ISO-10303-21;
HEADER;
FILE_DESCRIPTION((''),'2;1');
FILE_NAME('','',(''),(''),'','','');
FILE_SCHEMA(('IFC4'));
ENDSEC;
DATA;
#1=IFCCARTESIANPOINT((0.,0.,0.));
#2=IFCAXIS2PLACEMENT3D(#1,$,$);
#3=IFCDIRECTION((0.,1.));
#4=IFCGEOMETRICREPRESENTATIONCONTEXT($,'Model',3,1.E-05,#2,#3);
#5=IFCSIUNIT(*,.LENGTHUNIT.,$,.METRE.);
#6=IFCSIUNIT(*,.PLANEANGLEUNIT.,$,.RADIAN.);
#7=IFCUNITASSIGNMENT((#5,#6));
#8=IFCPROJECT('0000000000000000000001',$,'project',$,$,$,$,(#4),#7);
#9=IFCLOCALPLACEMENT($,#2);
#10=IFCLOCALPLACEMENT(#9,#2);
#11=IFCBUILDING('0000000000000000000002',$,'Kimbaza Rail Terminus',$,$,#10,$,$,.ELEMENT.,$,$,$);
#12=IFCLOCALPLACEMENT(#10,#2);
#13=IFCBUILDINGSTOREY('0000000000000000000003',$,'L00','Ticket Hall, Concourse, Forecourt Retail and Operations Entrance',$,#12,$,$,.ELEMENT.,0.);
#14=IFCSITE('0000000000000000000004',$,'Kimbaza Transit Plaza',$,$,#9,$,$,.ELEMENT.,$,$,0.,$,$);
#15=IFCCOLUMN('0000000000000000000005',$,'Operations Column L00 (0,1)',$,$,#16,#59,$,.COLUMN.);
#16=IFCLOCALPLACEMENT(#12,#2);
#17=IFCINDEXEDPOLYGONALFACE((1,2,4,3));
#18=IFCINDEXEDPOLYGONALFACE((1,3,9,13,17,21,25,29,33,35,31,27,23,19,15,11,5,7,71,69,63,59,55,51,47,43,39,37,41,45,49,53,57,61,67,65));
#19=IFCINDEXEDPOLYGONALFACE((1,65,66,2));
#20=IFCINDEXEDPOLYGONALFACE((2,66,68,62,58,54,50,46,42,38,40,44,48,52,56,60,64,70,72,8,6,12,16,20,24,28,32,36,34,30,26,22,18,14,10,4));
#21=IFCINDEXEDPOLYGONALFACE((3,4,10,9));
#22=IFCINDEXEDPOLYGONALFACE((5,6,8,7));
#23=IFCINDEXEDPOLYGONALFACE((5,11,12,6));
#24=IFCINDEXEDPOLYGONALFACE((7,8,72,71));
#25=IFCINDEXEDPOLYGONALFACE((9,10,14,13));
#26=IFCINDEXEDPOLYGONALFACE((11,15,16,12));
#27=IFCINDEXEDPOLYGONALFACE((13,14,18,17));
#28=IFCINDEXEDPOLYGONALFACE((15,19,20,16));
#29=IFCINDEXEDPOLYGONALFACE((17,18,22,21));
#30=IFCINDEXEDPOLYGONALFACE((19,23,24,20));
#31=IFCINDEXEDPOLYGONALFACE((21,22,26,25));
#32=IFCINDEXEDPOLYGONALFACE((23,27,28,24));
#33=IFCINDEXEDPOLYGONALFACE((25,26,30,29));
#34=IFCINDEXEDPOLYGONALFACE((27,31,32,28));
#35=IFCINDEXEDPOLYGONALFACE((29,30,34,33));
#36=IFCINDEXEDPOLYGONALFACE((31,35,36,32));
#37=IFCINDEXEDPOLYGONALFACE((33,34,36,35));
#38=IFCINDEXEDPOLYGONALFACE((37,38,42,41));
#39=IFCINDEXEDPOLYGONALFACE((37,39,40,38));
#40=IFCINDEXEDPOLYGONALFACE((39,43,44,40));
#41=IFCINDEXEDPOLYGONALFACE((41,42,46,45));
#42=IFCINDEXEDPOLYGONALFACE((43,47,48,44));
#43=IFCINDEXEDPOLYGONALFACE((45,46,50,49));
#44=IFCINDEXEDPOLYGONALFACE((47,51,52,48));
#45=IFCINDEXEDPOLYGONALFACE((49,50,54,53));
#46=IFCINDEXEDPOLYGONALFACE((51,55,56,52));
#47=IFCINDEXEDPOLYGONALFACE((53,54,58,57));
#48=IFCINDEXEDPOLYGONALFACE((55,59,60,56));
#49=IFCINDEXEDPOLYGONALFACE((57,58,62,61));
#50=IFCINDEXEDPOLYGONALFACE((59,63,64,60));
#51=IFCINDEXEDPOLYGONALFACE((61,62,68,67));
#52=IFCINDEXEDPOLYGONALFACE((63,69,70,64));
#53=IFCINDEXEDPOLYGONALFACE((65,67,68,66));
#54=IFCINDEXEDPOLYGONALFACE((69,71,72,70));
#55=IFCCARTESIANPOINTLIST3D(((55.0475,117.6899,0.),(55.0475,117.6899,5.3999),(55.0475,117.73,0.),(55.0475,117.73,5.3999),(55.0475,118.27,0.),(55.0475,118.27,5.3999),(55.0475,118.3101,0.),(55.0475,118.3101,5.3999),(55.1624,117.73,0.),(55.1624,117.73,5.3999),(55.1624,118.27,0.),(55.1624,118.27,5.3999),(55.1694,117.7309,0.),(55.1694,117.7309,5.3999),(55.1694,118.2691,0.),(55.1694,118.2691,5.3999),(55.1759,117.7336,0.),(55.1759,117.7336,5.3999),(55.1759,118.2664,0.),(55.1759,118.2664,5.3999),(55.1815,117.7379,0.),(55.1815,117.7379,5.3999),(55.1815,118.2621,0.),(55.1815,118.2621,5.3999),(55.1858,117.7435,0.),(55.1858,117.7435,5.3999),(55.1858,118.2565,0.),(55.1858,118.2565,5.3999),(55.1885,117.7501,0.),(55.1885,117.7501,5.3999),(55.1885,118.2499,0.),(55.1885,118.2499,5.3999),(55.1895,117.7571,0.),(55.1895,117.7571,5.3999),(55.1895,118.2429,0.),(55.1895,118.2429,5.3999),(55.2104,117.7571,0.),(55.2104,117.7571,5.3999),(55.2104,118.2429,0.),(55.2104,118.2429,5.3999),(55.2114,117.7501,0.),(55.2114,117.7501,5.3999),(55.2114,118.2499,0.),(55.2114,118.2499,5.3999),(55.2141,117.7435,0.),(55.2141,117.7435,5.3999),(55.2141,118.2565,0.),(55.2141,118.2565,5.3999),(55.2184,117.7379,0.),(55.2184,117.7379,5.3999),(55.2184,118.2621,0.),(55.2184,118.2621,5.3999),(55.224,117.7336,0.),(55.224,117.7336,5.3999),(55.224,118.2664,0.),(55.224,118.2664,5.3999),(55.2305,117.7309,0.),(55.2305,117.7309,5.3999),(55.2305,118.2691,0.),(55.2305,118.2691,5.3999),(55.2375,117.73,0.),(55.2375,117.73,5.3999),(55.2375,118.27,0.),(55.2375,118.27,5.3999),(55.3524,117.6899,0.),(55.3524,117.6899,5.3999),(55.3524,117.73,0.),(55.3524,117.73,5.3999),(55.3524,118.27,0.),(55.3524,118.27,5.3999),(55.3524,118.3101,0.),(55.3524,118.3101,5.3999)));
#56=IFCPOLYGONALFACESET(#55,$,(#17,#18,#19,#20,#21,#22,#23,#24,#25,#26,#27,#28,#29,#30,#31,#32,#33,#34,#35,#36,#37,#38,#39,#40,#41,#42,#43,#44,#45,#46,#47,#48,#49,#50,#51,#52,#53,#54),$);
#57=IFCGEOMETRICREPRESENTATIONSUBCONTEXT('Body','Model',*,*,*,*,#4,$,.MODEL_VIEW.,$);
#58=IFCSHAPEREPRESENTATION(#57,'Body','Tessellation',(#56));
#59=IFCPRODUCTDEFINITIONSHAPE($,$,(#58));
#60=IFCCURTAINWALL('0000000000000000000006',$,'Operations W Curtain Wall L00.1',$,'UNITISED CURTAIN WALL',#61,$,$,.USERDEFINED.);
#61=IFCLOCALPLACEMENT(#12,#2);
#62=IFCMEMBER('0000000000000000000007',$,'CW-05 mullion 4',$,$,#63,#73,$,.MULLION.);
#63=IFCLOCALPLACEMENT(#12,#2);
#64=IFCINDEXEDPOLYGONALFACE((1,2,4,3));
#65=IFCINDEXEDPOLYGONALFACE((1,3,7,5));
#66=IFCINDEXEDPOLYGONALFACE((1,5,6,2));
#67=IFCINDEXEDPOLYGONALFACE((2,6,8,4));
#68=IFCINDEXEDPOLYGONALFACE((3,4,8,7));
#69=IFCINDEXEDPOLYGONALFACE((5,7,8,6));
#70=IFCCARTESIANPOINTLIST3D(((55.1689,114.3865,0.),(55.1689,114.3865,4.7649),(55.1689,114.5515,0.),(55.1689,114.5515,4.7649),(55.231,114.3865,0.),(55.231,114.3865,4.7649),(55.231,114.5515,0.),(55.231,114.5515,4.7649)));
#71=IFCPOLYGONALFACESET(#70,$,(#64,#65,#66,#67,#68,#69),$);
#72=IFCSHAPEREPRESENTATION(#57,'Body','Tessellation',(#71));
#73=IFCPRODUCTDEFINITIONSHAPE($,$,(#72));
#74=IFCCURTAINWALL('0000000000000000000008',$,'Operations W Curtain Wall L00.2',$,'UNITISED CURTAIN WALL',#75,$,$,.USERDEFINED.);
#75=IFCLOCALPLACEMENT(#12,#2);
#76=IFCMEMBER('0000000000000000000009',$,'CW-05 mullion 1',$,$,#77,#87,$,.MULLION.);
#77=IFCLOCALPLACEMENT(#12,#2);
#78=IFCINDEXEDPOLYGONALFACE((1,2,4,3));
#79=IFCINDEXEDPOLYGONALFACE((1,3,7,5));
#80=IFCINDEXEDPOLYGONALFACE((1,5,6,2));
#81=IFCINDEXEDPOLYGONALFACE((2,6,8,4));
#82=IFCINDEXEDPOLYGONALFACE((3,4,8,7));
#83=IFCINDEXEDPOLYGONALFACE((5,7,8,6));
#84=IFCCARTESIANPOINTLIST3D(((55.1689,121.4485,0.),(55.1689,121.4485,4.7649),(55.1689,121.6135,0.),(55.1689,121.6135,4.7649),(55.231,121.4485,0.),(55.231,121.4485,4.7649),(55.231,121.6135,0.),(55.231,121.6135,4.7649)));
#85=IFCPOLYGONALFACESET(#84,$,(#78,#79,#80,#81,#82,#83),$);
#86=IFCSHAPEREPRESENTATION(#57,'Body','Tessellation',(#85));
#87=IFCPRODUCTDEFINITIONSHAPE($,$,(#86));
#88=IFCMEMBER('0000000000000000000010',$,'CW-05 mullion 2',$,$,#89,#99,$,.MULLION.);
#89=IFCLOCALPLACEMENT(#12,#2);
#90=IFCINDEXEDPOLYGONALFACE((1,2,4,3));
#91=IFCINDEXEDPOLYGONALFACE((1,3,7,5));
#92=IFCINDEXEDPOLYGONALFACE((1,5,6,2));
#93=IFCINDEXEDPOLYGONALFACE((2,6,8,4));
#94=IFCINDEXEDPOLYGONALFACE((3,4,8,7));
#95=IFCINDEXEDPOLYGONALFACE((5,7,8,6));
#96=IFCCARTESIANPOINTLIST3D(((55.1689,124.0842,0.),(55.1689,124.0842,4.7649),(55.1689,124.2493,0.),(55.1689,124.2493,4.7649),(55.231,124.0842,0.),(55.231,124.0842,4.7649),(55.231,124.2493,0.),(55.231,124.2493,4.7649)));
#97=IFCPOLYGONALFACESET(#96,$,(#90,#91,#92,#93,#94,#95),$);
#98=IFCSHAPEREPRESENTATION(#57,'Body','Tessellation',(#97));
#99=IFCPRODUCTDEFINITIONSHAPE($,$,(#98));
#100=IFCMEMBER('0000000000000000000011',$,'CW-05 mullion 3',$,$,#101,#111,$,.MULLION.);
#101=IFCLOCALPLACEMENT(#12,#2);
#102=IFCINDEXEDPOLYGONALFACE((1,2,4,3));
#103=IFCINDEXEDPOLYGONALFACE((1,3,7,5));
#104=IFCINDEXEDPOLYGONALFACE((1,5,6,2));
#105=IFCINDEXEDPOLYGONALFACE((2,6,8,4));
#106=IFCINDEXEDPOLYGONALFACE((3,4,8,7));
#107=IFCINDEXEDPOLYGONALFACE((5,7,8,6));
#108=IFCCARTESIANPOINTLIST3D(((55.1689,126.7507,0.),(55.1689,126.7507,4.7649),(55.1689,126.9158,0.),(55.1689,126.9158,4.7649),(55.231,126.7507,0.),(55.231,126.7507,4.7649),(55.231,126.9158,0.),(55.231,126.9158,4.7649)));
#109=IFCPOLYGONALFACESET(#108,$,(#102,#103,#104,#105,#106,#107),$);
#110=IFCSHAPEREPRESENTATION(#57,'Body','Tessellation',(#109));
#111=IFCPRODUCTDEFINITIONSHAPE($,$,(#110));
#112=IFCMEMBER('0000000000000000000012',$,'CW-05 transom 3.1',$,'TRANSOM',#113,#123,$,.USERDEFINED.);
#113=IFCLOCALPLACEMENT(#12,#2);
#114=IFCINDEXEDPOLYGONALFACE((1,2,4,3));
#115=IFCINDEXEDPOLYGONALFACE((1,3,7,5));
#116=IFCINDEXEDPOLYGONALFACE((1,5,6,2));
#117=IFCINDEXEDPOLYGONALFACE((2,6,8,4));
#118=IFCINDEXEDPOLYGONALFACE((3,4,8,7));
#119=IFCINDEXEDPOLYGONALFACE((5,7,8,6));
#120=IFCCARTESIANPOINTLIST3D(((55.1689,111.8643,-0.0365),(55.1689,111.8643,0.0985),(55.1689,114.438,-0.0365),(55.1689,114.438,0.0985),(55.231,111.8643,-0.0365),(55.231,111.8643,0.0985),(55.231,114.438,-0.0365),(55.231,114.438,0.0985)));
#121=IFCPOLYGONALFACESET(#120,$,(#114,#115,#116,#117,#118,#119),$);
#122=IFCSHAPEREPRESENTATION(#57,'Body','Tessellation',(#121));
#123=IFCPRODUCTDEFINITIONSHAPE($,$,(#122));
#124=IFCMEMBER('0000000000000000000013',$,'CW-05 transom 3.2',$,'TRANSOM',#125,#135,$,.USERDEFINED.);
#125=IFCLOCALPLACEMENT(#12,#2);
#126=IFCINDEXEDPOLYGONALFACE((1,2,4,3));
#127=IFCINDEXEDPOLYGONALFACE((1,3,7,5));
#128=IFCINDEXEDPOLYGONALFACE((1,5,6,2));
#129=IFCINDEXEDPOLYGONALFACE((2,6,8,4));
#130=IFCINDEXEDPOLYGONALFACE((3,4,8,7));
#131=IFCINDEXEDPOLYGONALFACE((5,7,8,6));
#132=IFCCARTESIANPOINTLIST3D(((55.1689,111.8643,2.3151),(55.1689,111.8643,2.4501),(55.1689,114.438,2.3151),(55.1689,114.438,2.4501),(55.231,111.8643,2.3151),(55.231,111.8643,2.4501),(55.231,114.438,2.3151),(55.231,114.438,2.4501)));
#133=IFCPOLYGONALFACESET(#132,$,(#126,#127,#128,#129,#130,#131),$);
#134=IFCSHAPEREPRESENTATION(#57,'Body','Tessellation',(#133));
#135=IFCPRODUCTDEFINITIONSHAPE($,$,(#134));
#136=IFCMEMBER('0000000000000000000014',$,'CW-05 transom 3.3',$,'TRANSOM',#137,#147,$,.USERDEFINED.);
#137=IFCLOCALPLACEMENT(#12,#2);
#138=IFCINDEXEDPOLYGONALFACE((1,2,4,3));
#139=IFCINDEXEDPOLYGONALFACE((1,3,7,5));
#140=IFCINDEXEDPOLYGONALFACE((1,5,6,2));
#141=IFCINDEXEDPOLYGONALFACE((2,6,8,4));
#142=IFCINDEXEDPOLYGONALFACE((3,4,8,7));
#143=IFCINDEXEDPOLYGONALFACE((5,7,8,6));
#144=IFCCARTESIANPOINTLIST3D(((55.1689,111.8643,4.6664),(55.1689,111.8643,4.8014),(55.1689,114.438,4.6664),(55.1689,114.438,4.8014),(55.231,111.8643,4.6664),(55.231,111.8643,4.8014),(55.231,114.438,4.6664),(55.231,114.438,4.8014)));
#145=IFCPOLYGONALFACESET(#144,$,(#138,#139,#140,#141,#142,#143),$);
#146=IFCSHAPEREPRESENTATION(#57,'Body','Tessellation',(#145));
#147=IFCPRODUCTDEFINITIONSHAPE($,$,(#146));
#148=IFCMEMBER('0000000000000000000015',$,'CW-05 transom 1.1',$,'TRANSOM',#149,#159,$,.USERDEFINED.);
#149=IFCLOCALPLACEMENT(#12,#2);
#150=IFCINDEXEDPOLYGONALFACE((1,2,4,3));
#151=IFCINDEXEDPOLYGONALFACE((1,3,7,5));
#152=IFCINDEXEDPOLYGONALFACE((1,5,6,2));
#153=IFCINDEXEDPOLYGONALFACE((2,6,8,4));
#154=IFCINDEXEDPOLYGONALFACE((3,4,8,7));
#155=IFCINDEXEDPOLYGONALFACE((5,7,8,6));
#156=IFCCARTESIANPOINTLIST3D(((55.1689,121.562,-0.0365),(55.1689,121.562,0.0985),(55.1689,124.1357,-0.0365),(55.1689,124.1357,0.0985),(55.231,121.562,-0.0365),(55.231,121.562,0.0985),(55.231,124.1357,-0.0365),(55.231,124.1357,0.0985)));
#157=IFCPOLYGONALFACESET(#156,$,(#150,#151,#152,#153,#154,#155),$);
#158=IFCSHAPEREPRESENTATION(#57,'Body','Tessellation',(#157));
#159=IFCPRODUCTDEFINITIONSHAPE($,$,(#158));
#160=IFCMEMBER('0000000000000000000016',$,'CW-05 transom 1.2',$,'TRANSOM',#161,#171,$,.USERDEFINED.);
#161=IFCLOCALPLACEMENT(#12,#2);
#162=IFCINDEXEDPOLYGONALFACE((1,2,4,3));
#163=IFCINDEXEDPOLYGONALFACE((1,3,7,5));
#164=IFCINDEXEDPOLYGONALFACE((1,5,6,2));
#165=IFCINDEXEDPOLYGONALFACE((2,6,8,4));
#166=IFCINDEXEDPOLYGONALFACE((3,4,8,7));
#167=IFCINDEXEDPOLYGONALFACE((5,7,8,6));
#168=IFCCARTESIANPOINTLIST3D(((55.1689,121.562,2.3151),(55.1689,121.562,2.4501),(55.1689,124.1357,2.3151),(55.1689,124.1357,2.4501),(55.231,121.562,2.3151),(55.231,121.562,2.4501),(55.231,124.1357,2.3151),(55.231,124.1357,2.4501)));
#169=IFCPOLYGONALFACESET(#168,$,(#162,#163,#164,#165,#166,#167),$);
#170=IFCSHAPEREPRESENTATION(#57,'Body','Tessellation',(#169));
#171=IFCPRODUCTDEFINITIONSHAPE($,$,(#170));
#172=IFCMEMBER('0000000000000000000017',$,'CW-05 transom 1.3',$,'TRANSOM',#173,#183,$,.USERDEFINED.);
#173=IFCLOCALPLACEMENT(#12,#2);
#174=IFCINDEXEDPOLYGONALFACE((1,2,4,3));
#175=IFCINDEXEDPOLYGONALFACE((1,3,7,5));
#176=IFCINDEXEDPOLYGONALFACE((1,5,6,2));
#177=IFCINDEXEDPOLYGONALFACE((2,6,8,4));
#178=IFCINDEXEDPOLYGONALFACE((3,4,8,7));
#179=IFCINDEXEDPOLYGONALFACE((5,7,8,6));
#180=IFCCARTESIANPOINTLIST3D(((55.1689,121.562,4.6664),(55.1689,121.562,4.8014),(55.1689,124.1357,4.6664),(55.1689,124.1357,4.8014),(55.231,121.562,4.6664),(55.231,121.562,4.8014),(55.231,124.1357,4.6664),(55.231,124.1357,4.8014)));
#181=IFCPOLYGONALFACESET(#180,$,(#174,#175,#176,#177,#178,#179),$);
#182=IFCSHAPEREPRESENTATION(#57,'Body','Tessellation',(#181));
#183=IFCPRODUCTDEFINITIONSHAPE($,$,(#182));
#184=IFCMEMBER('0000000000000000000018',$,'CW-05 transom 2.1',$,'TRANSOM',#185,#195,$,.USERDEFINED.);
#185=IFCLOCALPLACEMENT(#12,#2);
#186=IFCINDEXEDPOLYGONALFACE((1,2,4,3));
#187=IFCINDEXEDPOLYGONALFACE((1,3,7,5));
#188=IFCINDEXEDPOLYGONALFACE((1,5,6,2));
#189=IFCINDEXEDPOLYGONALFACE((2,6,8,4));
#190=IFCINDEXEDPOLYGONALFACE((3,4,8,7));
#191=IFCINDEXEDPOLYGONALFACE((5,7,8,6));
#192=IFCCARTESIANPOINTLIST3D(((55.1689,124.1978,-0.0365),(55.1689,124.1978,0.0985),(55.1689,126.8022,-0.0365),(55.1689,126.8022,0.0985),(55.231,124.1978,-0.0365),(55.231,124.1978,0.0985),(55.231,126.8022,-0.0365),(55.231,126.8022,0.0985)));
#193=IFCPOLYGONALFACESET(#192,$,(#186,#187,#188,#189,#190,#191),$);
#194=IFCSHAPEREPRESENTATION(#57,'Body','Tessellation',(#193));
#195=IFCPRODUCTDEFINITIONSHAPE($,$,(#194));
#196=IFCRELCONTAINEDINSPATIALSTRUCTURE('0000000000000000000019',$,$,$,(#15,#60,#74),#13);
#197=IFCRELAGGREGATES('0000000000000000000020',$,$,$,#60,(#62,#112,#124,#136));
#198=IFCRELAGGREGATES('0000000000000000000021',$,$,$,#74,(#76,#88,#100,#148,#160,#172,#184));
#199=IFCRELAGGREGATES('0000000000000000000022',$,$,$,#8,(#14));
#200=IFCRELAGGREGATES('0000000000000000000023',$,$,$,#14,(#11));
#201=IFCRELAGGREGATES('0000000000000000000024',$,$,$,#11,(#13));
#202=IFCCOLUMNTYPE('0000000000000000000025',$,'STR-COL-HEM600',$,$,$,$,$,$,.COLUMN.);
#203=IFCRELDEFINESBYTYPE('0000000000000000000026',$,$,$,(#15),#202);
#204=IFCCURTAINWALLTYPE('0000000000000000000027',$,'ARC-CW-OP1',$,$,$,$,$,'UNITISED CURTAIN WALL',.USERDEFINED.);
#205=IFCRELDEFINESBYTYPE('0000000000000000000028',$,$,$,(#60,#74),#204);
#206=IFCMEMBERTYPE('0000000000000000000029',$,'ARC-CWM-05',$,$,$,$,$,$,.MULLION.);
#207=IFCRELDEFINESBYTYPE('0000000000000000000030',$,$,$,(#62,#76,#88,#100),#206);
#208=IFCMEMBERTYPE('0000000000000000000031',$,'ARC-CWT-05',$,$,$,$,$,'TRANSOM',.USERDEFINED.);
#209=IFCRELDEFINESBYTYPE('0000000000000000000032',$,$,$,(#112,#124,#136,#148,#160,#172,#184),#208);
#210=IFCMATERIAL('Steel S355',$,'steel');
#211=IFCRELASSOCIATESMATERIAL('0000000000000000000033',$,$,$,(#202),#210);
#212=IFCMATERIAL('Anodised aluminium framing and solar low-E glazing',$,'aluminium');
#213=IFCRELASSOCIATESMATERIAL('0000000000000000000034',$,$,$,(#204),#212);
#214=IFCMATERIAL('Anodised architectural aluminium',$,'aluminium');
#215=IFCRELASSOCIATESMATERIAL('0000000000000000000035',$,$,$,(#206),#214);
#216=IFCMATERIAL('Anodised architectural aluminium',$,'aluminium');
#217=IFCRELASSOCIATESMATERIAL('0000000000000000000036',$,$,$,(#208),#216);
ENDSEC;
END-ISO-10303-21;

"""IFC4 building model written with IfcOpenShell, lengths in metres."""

from ifc_helpers import new_model, si_unit, direction, frame, origin, origin_2d, place, context, subcontext, project, spatial, rectangle, i_section, extrude, material, material_profile, profile_set, type_object, element, aggregate, save


model = new_model("IFC4")

# Units and contexts
model_context = context("Model", 3, precision=1e-05, world=origin(), true_north=direction((0.0, 1.0)))
body_context = subcontext(model_context, "Body", "Model", "MODEL_VIEW")
ifc_project = project(units=[si_unit("LENGTHUNIT", "METRE"), si_unit("PLANEANGLEUNIT", "RADIAN")], contexts=[model_context])

# Site, building, storey
site_placement = place(None, origin())
site = spatial("IfcSite", under=ifc_project, at=site_placement, Name="Kimbaza Transit Plaza", CompositionType="ELEMENT", RefElevation=0.0)
building_placement = place(site_placement, origin())
building = spatial("IfcBuilding", under=site, at=building_placement, Name="Kimbaza Rail Terminus", CompositionType="ELEMENT")
storey_placement = place(building_placement, origin())
storey = spatial("IfcBuildingStorey", under=building, at=storey_placement, Name="L00", Description="Ticket Hall, Concourse, Forecourt Retail and Operations Entrance", CompositionType="ELEMENT", Elevation=0.0)

# Column
ifc_material_1 = material(Name="Steel S355", Category="steel")
ifc_material_profile_1 = material_profile(ifc_material_1, i_section(OverallWidth=0.3049, OverallDepth=0.6201, WebThickness=0.021, FlangeThickness=0.04, FilletRadius=0.0271, at=origin_2d()), Name="HEM 600")
ifc_profile_set_1 = profile_set([ifc_material_profile_1], Name="Steel S355")
column_type = type_object("IfcColumnType", Name="STR-COL-HEM600", PredefinedType="COLUMN", material=ifc_profile_set_1)
column_placement = place(storey_placement, frame((55.2, 118.0, 0.0), z_axis=(0.0, 0.0, 1.0), x_axis=(1.0, 0.0, 0.0)))
element("IfcColumn", 1, at=column_placement, inside=storey, type_object=column_type, Name="Operations Column L00 (0,1)", PredefinedType="COLUMN", context=body_context, shape_type="SweptSolid", body=[
    extrude(i_section(OverallWidth=0.3049, OverallDepth=0.6201, WebThickness=0.021, FlangeThickness=0.04, FilletRadius=0.0271, at=origin_2d()), origin(), (0.0, 0.0, 1.0), 5.3999),
])

# Curtain wall, member
ifc_material_2 = material(Name="Anodised aluminium framing and solar low-E glazing", Category="aluminium")
curtain_wall_type = type_object("IfcCurtainWallType", Name="ARC-CW-OP1", ElementType="UNITISED CURTAIN WALL", PredefinedType="USERDEFINED", material=ifc_material_2)
curtain_wall_1_placement = place(storey_placement, origin())
curtain_wall_1 = element("IfcCurtainWall", 2, at=curtain_wall_1_placement, inside=storey, type_object=curtain_wall_type, Name="Operations W Curtain Wall L00.1", ObjectType="UNITISED CURTAIN WALL", PredefinedType="USERDEFINED")
ifc_material_3 = material(Name="Anodised architectural aluminium", Category="aluminium")
ifc_material_profile_2 = material_profile(ifc_material_3, rectangle(XDim=0.062, YDim=0.165, at=origin_2d()), Name="MULLION 62x165")
ifc_profile_set_2 = profile_set([ifc_material_profile_2], Name="Anodised architectural aluminium")
member_type_1 = type_object("IfcMemberType", Name="ARC-CWM-05", PredefinedType="MULLION", material=ifc_profile_set_2)
member_1_placement = place(storey_placement, frame((55.2, 114.469, 0.0), z_axis=(0.0, 0.0, 1.0), x_axis=(-1.0, 0.0, 0.0)))
member_1 = element("IfcMember", 3, at=member_1_placement, type_object=member_type_1, Name="CW-05 mullion 4", PredefinedType="MULLION", context=body_context, shape_type="SweptSolid", body=[
    extrude(rectangle(XDim=0.062, YDim=0.165, at=origin_2d()), origin(), (0.0, 0.0, 1.0), 4.7649),
])

# Curtain wall, members
curtain_wall_2_placement = place(storey_placement, origin())
curtain_wall_2 = element("IfcCurtainWall", 4, at=curtain_wall_2_placement, inside=storey, type_object=curtain_wall_type, Name="Operations W Curtain Wall L00.2", ObjectType="UNITISED CURTAIN WALL", PredefinedType="USERDEFINED")
member_2_placement = place(storey_placement, frame((55.2, 121.531, 0.0), z_axis=(0.0, 0.0, 1.0), x_axis=(-1.0, 0.0, 0.0)))
member_2 = element("IfcMember", 5, at=member_2_placement, type_object=member_type_1, Name="CW-05 mullion 1", PredefinedType="MULLION", context=body_context, shape_type="SweptSolid", body=[
    extrude(rectangle(XDim=0.062, YDim=0.165, at=origin_2d()), origin(), (0.0, 0.0, 1.0), 4.7649),
])
member_3_placement = place(storey_placement, frame((55.2, 124.1667, 0.0), z_axis=(0.0, 0.0, 1.0), x_axis=(-1.0, 0.0, 0.0)))
member_3 = element("IfcMember", 6, at=member_3_placement, type_object=member_type_1, Name="CW-05 mullion 2", PredefinedType="MULLION", context=body_context, shape_type="SweptSolid", body=[
    extrude(rectangle(XDim=0.062, YDim=0.165, at=origin_2d()), origin(), (0.0, 0.0, 1.0), 4.7649),
])
member_4_placement = place(storey_placement, frame((55.2, 126.8333, 0.0), z_axis=(0.0, 0.0, 1.0), x_axis=(-1.0, 0.0, 0.0)))
member_4 = element("IfcMember", 7, at=member_4_placement, type_object=member_type_1, Name="CW-05 mullion 3", PredefinedType="MULLION", context=body_context, shape_type="SweptSolid", body=[
    extrude(rectangle(XDim=0.062, YDim=0.165, at=origin_2d()), origin(), (0.0, 0.0, 1.0), 4.7649),
])

# Members
ifc_material_4 = material(Name="Anodised architectural aluminium", Category="aluminium")
ifc_material_profile_3 = material_profile(ifc_material_4, rectangle(XDim=0.062, YDim=0.135, at=origin_2d()), Name="TRANSOM 62x135")
ifc_profile_set_3 = profile_set([ifc_material_profile_3], Name="Anodised architectural aluminium")
member_type_2 = type_object("IfcMemberType", Name="ARC-CWT-05", ElementType="TRANSOM", PredefinedType="USERDEFINED", material=ifc_profile_set_3)
member_5_placement = place(storey_placement, frame((55.2, 111.8643, 0.031), z_axis=(0.0, 1.0, 0.0), x_axis=(-1.0, 0.0, 0.0)))
member_5 = element("IfcMember", 8, at=member_5_placement, type_object=member_type_2, Name="CW-05 transom 3.1", ObjectType="TRANSOM", PredefinedType="USERDEFINED", context=body_context, shape_type="SweptSolid", body=[
    extrude(rectangle(XDim=0.062, YDim=0.135, at=origin_2d()), origin(), (0.0, 0.0, 1.0), 2.5737),
])
member_6_placement = place(storey_placement, frame((55.2, 111.8643, 2.3826), z_axis=(0.0, 1.0, 0.0), x_axis=(-1.0, 0.0, 0.0)))
member_6 = element("IfcMember", 9, at=member_6_placement, type_object=member_type_2, Name="CW-05 transom 3.2", ObjectType="TRANSOM", PredefinedType="USERDEFINED", context=body_context, shape_type="SweptSolid", body=[
    extrude(rectangle(XDim=0.062, YDim=0.135, at=origin_2d()), origin(), (0.0, 0.0, 1.0), 2.5737),
])
member_7_placement = place(storey_placement, frame((55.2, 111.8643, 4.7339), z_axis=(0.0, 1.0, 0.0), x_axis=(-1.0, 0.0, 0.0)))
member_7 = element("IfcMember", 10, at=member_7_placement, type_object=member_type_2, Name="CW-05 transom 3.3", ObjectType="TRANSOM", PredefinedType="USERDEFINED", context=body_context, shape_type="SweptSolid", body=[
    extrude(rectangle(XDim=0.062, YDim=0.135, at=origin_2d()), origin(), (0.0, 0.0, 1.0), 2.5737),
])
member_8_placement = place(storey_placement, frame((55.2, 121.562, 0.031), z_axis=(0.0, 1.0, 0.0), x_axis=(-1.0, 0.0, 0.0)))
member_8 = element("IfcMember", 11, at=member_8_placement, type_object=member_type_2, Name="CW-05 transom 1.1", ObjectType="TRANSOM", PredefinedType="USERDEFINED", context=body_context, shape_type="SweptSolid", body=[
    extrude(rectangle(XDim=0.062, YDim=0.135, at=origin_2d()), origin(), (0.0, 0.0, 1.0), 2.5737),
])
member_9_placement = place(storey_placement, frame((55.2, 121.562, 2.3826), z_axis=(0.0, 1.0, 0.0), x_axis=(-1.0, 0.0, 0.0)))
member_9 = element("IfcMember", 12, at=member_9_placement, type_object=member_type_2, Name="CW-05 transom 1.2", ObjectType="TRANSOM", PredefinedType="USERDEFINED", context=body_context, shape_type="SweptSolid", body=[
    extrude(rectangle(XDim=0.062, YDim=0.135, at=origin_2d()), origin(), (0.0, 0.0, 1.0), 2.5737),
])
member_10_placement = place(storey_placement, frame((55.2, 121.562, 4.7339), z_axis=(0.0, 1.0, 0.0), x_axis=(-1.0, 0.0, 0.0)))
member_10 = element("IfcMember", 13, at=member_10_placement, type_object=member_type_2, Name="CW-05 transom 1.3", ObjectType="TRANSOM", PredefinedType="USERDEFINED", context=body_context, shape_type="SweptSolid", body=[
    extrude(rectangle(XDim=0.062, YDim=0.135, at=origin_2d()), origin(), (0.0, 0.0, 1.0), 2.5737),
])
member_11_placement = place(storey_placement, frame((55.2, 124.1978, 0.031), z_axis=(0.0, 1.0, 0.0), x_axis=(-1.0, 0.0, 0.0)))
member_11 = element("IfcMember", 14, at=member_11_placement, type_object=member_type_2, Name="CW-05 transom 2.1", ObjectType="TRANSOM", PredefinedType="USERDEFINED", context=body_context, shape_type="SweptSolid", body=[
    extrude(rectangle(XDim=0.062, YDim=0.135, at=origin_2d()), origin(), (0.0, 0.0, 1.0), 2.6045),
])

aggregate(curtain_wall_1, [member_1, member_5, member_6, member_7])
aggregate(curtain_wall_2, [member_2, member_3, member_4, member_8, member_9, member_10, member_11])

save(model, "model.ifc")
